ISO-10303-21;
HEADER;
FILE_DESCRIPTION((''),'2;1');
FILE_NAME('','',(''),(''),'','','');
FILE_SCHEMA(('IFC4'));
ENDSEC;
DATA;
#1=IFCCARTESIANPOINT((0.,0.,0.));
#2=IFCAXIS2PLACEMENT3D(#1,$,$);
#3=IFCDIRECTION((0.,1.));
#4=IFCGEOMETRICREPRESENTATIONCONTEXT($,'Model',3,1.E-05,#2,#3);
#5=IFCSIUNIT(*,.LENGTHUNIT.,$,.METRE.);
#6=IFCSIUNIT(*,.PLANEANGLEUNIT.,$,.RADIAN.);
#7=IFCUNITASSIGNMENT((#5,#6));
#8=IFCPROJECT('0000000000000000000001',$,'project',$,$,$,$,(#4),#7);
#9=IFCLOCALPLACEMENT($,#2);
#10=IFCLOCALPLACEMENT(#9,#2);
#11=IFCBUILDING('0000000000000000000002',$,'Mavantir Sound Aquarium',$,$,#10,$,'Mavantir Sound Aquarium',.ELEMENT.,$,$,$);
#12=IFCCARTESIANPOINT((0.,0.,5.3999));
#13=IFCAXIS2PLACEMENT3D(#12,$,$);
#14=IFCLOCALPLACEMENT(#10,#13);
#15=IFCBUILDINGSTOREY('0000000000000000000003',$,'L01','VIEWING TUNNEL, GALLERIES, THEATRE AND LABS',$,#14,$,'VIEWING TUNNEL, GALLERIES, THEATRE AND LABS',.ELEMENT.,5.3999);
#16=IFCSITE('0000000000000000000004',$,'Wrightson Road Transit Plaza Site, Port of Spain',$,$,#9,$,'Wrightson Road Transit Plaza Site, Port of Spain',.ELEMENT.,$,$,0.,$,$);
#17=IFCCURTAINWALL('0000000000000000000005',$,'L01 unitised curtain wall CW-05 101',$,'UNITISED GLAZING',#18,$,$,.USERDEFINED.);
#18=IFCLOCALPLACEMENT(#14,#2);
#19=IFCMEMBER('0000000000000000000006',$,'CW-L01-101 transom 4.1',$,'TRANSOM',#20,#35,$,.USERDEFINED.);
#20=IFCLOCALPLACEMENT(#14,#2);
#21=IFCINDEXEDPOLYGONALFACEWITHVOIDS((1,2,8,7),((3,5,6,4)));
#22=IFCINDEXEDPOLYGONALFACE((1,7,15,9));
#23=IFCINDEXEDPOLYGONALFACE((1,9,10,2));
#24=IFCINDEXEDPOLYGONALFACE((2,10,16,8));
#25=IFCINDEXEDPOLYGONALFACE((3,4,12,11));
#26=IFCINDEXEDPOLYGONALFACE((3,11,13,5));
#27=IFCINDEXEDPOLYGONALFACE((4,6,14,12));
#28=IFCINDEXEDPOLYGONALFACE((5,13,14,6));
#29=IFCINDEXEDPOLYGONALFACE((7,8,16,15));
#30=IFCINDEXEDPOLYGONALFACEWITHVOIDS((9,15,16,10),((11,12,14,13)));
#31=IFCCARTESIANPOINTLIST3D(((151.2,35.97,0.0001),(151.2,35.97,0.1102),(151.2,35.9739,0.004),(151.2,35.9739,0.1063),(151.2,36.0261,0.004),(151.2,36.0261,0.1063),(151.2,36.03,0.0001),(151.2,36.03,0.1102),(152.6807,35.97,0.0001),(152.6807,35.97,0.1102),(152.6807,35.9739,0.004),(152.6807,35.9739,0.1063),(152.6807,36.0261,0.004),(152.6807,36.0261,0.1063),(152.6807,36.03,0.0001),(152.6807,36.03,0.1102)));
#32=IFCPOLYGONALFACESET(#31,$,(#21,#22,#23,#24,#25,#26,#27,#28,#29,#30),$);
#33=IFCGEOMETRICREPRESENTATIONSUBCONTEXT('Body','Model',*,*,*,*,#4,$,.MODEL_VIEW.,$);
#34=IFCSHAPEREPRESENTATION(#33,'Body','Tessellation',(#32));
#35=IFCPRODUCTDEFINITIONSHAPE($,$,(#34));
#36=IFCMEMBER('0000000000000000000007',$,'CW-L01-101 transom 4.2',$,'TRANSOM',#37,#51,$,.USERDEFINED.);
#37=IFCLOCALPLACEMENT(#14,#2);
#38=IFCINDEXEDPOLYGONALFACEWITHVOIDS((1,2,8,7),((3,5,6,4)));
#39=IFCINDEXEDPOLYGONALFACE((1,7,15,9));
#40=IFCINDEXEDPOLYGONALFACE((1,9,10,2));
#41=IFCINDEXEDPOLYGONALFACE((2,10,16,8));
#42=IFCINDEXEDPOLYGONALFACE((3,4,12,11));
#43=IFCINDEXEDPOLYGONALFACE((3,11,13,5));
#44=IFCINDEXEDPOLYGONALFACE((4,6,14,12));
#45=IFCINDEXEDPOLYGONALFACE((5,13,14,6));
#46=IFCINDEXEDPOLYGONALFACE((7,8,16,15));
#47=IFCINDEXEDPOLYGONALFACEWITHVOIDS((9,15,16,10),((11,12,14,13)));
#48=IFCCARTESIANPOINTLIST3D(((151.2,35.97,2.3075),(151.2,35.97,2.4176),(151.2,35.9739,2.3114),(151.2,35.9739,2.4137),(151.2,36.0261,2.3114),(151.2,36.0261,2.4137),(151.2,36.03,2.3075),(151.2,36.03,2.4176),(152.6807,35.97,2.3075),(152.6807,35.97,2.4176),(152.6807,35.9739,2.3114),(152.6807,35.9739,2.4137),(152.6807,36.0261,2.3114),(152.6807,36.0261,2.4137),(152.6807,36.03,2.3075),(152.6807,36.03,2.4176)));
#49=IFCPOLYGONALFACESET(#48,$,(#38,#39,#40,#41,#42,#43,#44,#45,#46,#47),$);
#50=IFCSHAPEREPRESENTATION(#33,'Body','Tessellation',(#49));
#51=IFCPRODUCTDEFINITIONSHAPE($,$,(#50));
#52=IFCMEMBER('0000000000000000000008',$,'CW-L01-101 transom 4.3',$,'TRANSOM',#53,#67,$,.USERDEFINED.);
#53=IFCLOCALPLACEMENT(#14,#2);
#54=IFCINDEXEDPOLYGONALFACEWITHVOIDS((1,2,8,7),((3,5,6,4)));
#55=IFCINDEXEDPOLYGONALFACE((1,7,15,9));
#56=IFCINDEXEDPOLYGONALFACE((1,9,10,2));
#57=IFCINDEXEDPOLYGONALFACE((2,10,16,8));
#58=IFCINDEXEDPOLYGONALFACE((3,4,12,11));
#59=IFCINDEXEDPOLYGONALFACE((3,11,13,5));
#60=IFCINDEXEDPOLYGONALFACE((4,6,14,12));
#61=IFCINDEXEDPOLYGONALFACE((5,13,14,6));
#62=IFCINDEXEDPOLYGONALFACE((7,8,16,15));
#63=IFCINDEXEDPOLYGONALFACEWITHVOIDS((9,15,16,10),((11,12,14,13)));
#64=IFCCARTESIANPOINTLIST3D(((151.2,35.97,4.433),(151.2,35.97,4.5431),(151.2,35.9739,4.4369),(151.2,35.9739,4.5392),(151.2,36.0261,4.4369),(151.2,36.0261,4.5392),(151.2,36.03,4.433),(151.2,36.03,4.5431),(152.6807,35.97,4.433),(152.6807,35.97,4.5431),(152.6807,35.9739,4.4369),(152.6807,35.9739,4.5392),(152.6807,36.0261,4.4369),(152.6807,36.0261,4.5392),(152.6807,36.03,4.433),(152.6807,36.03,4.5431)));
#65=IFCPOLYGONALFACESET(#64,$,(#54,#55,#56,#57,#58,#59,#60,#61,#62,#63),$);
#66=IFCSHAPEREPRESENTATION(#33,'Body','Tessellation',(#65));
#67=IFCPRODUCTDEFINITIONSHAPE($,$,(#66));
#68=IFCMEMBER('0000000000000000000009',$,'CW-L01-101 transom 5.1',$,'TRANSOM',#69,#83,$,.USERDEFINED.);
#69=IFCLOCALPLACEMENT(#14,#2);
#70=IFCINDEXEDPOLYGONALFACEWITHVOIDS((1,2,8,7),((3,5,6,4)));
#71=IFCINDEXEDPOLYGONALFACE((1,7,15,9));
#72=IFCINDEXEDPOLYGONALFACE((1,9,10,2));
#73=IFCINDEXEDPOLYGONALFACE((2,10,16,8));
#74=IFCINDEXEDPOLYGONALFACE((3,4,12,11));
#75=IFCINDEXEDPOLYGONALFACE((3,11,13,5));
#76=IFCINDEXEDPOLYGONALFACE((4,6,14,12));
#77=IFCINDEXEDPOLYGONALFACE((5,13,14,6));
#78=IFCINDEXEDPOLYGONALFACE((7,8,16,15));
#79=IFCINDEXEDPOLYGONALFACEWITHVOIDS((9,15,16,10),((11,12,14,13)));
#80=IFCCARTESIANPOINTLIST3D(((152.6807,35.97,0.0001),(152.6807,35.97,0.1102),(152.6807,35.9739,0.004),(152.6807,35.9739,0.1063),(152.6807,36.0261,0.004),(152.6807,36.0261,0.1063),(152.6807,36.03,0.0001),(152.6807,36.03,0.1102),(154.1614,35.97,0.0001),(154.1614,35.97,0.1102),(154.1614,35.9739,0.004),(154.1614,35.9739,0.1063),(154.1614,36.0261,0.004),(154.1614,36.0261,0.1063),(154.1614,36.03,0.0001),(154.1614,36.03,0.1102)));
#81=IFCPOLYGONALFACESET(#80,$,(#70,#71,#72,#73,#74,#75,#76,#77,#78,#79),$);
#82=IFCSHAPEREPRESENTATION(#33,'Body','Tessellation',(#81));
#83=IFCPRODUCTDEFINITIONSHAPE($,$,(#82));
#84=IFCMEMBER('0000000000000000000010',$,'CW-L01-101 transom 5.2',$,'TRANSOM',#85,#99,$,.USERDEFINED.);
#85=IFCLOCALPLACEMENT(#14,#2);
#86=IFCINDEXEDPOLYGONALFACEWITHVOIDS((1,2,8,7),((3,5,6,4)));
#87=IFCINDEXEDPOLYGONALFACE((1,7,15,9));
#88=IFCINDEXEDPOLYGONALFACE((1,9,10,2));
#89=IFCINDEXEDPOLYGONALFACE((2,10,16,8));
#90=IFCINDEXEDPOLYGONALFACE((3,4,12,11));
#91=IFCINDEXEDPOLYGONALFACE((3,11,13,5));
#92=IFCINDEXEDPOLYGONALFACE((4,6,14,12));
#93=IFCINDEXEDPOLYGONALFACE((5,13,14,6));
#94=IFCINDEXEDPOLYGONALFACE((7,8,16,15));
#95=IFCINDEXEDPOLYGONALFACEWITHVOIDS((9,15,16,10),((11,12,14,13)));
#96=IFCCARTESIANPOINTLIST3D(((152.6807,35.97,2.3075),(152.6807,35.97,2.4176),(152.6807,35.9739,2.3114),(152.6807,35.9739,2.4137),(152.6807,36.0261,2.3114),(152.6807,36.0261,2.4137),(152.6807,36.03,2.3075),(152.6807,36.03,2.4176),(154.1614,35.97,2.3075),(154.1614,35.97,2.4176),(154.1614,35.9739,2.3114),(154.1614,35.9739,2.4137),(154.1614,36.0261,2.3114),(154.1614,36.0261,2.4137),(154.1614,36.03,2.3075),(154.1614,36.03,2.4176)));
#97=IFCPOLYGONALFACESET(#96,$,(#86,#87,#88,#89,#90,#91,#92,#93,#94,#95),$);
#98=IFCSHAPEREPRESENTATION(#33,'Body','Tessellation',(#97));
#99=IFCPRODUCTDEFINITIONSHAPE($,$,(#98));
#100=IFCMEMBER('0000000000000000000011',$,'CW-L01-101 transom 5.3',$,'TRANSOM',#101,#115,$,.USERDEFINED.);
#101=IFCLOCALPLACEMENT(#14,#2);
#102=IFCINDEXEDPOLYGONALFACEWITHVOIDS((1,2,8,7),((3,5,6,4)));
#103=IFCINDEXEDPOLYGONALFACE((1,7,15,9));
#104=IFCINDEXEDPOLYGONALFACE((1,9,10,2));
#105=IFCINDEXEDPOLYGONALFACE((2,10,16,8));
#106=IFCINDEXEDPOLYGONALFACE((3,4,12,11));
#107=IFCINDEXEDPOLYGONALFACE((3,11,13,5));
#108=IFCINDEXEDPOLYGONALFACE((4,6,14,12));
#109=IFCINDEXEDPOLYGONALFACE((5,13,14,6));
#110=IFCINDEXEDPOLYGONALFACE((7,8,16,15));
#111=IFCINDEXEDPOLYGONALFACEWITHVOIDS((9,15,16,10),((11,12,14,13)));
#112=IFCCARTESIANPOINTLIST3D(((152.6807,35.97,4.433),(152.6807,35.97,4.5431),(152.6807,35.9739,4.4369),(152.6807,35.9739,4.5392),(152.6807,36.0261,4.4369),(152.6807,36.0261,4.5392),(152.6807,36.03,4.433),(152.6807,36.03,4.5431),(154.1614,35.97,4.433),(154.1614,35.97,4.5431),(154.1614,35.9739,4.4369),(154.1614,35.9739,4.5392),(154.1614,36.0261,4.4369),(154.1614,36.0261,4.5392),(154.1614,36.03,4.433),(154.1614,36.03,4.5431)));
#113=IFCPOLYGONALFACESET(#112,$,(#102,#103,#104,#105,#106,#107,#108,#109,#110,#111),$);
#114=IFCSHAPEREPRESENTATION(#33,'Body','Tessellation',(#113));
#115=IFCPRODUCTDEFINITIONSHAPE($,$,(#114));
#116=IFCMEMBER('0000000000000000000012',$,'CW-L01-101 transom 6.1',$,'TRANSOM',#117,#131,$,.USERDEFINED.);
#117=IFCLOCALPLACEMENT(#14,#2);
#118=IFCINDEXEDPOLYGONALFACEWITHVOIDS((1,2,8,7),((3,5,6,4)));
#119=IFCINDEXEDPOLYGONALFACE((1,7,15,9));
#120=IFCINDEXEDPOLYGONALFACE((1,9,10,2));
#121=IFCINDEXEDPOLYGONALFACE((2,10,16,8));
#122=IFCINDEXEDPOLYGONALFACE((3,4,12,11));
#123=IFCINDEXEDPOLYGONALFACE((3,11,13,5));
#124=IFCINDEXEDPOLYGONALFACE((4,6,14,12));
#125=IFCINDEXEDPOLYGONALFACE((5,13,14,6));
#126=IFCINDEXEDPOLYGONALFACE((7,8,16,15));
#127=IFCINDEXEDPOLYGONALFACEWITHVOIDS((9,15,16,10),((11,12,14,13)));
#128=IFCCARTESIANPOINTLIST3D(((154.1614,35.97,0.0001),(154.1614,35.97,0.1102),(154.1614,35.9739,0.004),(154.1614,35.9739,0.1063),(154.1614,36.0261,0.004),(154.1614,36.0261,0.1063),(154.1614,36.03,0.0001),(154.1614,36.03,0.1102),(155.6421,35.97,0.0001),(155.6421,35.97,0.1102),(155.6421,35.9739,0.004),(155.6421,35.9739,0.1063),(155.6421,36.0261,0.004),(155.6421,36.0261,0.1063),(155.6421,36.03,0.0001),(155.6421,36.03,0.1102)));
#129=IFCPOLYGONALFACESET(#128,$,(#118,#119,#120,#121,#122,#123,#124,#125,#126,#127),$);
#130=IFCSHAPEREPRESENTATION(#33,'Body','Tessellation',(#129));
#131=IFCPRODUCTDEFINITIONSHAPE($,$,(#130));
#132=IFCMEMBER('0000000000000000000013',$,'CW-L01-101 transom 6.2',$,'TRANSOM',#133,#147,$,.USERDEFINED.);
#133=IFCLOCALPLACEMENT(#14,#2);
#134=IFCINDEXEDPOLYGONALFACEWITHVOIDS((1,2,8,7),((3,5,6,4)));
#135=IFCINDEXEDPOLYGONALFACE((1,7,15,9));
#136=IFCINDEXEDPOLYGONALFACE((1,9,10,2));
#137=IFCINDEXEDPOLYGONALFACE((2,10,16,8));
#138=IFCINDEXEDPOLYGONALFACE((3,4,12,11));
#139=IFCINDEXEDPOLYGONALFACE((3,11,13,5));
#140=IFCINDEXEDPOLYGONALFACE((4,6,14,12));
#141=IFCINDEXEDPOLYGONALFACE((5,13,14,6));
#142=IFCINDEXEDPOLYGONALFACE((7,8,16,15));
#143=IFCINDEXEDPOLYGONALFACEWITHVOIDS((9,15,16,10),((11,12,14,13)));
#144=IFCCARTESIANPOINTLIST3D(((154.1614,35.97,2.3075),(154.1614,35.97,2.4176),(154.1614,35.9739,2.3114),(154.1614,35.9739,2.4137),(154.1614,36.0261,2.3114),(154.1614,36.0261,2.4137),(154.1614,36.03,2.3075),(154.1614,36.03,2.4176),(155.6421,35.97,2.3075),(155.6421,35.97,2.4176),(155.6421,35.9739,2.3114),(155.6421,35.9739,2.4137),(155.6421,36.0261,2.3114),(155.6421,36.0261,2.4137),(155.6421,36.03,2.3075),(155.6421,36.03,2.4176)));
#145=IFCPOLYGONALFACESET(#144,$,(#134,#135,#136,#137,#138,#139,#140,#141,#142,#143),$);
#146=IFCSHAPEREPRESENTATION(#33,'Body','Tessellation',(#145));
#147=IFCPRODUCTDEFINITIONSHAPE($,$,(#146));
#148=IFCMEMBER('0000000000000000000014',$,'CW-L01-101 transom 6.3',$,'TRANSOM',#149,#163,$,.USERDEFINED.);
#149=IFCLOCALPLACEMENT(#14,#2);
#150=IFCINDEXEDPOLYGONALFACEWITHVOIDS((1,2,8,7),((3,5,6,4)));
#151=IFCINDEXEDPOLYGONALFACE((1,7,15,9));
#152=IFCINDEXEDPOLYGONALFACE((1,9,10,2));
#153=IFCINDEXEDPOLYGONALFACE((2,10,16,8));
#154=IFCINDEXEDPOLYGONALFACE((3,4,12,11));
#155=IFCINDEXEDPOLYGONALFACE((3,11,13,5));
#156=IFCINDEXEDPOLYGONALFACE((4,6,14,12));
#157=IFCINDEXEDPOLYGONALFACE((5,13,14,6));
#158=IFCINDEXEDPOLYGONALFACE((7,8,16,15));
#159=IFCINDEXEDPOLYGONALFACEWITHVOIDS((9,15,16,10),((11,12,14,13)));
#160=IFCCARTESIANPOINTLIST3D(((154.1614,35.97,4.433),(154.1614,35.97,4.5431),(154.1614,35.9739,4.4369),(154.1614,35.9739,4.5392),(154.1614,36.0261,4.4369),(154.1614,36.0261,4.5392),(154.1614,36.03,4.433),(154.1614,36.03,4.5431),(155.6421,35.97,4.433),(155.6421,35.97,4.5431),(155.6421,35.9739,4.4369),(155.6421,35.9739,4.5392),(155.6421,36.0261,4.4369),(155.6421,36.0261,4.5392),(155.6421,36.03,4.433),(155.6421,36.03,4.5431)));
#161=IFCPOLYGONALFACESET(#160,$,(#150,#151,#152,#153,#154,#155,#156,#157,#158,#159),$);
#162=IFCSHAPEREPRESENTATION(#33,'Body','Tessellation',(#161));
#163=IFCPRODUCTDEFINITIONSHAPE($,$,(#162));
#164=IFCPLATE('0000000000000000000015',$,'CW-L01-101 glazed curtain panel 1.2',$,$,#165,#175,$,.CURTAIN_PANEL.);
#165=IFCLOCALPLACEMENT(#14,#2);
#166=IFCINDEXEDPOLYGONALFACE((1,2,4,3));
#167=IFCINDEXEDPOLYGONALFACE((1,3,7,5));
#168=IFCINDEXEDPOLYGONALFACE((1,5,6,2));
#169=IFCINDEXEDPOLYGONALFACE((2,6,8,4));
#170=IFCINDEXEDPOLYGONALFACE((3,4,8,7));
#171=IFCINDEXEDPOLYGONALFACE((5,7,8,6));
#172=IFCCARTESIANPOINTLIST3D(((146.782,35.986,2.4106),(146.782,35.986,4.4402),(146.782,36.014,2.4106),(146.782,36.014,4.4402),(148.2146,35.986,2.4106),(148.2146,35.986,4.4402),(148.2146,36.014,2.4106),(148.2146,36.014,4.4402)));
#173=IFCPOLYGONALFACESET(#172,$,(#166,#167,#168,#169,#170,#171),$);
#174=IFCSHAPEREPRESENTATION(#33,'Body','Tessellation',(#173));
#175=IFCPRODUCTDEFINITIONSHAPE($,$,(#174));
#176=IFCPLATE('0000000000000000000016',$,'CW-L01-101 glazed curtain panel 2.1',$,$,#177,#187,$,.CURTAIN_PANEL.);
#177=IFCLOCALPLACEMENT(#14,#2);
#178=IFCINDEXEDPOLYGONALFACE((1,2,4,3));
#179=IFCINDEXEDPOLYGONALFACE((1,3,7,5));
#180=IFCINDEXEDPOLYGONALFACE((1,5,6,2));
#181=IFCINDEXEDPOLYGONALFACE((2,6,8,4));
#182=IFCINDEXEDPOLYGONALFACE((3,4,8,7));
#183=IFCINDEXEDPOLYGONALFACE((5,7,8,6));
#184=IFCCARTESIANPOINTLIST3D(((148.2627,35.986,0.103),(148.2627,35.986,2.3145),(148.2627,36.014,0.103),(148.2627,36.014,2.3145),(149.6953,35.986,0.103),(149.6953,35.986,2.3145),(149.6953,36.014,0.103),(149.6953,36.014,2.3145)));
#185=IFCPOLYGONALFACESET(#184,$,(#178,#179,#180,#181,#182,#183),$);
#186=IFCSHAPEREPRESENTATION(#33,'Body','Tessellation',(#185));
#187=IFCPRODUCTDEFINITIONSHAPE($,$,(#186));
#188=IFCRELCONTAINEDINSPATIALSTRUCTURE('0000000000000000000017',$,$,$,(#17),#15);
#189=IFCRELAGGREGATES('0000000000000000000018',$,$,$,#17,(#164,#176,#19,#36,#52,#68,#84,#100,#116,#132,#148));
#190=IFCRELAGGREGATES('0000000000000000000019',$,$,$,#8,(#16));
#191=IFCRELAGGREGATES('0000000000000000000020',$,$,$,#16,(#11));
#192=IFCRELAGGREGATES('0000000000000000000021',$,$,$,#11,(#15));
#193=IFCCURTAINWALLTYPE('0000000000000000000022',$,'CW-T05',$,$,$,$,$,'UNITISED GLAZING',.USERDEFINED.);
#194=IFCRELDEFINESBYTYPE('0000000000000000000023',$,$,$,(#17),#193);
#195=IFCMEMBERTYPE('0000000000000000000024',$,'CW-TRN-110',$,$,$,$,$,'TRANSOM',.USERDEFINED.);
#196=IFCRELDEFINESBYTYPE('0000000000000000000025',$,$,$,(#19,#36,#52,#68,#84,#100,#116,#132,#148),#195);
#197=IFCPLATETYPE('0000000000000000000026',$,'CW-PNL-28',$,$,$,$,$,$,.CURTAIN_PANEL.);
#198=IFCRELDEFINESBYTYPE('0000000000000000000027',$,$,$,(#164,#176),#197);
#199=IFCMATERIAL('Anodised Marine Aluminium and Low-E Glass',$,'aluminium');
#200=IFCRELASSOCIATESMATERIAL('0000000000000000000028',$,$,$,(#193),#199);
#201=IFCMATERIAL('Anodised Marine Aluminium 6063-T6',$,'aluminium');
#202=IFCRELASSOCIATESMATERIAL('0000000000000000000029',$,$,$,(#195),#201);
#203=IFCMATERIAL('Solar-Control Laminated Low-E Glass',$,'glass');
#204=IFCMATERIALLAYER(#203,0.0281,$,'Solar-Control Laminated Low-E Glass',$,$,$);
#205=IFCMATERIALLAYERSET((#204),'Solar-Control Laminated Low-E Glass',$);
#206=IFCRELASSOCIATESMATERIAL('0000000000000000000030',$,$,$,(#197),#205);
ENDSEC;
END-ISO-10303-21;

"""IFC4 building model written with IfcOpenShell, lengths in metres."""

from ifc_helpers import new_model, si_unit, direction, frame, origin, origin_2d, place, context, subcontext, project, spatial, rectangle, hollow_rectangle, extrude, material, layer, layer_set, material_profile, profile_set, type_object, element, aggregate, save


model = new_model("IFC4")

# Units and contexts
model_context = context("Model", 3, precision=1e-05, world=origin(), true_north=direction((0.0, 1.0)))
body_context = subcontext(model_context, "Body", "Model", "MODEL_VIEW")
ifc_project = project(units=[si_unit("LENGTHUNIT", "METRE"), si_unit("PLANEANGLEUNIT", "RADIAN")], contexts=[model_context])

# Site, building, storey
site_placement = place(None, origin())
site = spatial("IfcSite", under=ifc_project, at=site_placement, Name="Wrightson Road Transit Plaza Site, Port of Spain", LongName="Wrightson Road Transit Plaza Site, Port of Spain", CompositionType="ELEMENT", RefElevation=0.0)
building_placement = place(site_placement, origin())
building = spatial("IfcBuilding", under=site, at=building_placement, Name="Mavantir Sound Aquarium", LongName="Mavantir Sound Aquarium", CompositionType="ELEMENT")
storey_placement = place(building_placement, frame((0.0, 0.0, 5.3999)))
storey = spatial("IfcBuildingStorey", under=building, at=storey_placement, Name="L01", Description="VIEWING TUNNEL, GALLERIES, THEATRE AND LABS", LongName="VIEWING TUNNEL, GALLERIES, THEATRE AND LABS", CompositionType="ELEMENT", Elevation=5.3999)

# Curtain wall, members, plates
ifc_material_1 = material(Name="Anodised Marine Aluminium and Low-E Glass", Category="aluminium")
curtain_wall_type = type_object("IfcCurtainWallType", Name="CW-T05", ElementType="UNITISED GLAZING", PredefinedType="USERDEFINED", material=ifc_material_1)
curtain_wall_placement = place(storey_placement, origin())
curtain_wall = element("IfcCurtainWall", 1, at=curtain_wall_placement, inside=storey, type_object=curtain_wall_type, Name="L01 unitised curtain wall CW-05 101", ObjectType="UNITISED GLAZING", PredefinedType="USERDEFINED")
ifc_material_2 = material(Name="Anodised Marine Aluminium 6063-T6", Category="aluminium")
ifc_material_profile_1 = material_profile(ifc_material_2, hollow_rectangle(XDim=0.0601, YDim=0.1101, WallThickness=0.0039, at=origin_2d()), Name="ALU-TRANSOM-110X60")
ifc_profile_set_1 = profile_set([ifc_material_profile_1], Name="Anodised Marine Aluminium 6063-T6")
member_type_1 = type_object("IfcMemberType", Name="CW-TRN-110", ElementType="TRANSOM", PredefinedType="USERDEFINED", material=ifc_profile_set_1)
member_1_placement = place(storey_placement, frame((151.2, 36.0, 0.0552), z_axis=(1.0, 0.0, 0.0), x_axis=(0.0, 1.0, 0.0)))
member_1 = element("IfcMember", 2, at=member_1_placement, type_object=member_type_1, Name="CW-L01-101 transom 4.1", ObjectType="TRANSOM", PredefinedType="USERDEFINED", context=body_context, shape_type="SweptSolid", body=[
    extrude(hollow_rectangle(XDim=0.0601, YDim=0.1101, WallThickness=0.0039, at=origin_2d()), origin(), (0.0, 0.0, 1.0), 1.4807),
])
member_2_placement = place(storey_placement, frame((151.2, 36.0, 2.3625), z_axis=(1.0, 0.0, 0.0), x_axis=(0.0, 1.0, 0.0)))
member_2 = element("IfcMember", 3, at=member_2_placement, type_object=member_type_1, Name="CW-L01-101 transom 4.2", ObjectType="TRANSOM", PredefinedType="USERDEFINED", context=body_context, shape_type="SweptSolid", body=[
    extrude(hollow_rectangle(XDim=0.0601, YDim=0.1101, WallThickness=0.0039, at=origin_2d()), origin(), (0.0, 0.0, 1.0), 1.4807),
])
member_3_placement = place(storey_placement, frame((151.2, 36.0, 4.488), z_axis=(1.0, 0.0, 0.0), x_axis=(0.0, 1.0, 0.0)))
member_3 = element("IfcMember", 4, at=member_3_placement, type_object=member_type_1, Name="CW-L01-101 transom 4.3", ObjectType="TRANSOM", PredefinedType="USERDEFINED", context=body_context, shape_type="SweptSolid", body=[
    extrude(hollow_rectangle(XDim=0.0601, YDim=0.1101, WallThickness=0.0039, at=origin_2d()), origin(), (0.0, 0.0, 1.0), 1.4807),
])
member_4_placement = place(storey_placement, frame((152.6807, 36.0, 0.0552), z_axis=(1.0, 0.0, 0.0), x_axis=(0.0, 1.0, 0.0)))
member_4 = element("IfcMember", 5, at=member_4_placement, type_object=member_type_1, Name="CW-L01-101 transom 5.1", ObjectType="TRANSOM", PredefinedType="USERDEFINED", context=body_context, shape_type="SweptSolid", body=[
    extrude(hollow_rectangle(XDim=0.0601, YDim=0.1101, WallThickness=0.0039, at=origin_2d()), origin(), (0.0, 0.0, 1.0), 1.4807),
])
member_5_placement = place(storey_placement, frame((152.6807, 36.0, 2.3625), z_axis=(1.0, 0.0, 0.0), x_axis=(0.0, 1.0, 0.0)))
member_5 = element("IfcMember", 6, at=member_5_placement, type_object=member_type_1, Name="CW-L01-101 transom 5.2", ObjectType="TRANSOM", PredefinedType="USERDEFINED", context=body_context, shape_type="SweptSolid", body=[
    extrude(hollow_rectangle(XDim=0.0601, YDim=0.1101, WallThickness=0.0039, at=origin_2d()), origin(), (0.0, 0.0, 1.0), 1.4807),
])
member_6_placement = place(storey_placement, frame((152.6807, 36.0, 4.488), z_axis=(1.0, 0.0, 0.0), x_axis=(0.0, 1.0, 0.0)))
member_6 = element("IfcMember", 7, at=member_6_placement, type_object=member_type_1, Name="CW-L01-101 transom 5.3", ObjectType="TRANSOM", PredefinedType="USERDEFINED", context=body_context, shape_type="SweptSolid", body=[
    extrude(hollow_rectangle(XDim=0.0601, YDim=0.1101, WallThickness=0.0039, at=origin_2d()), origin(), (0.0, 0.0, 1.0), 1.4807),
])
member_7_placement = place(storey_placement, frame((154.1614, 36.0, 0.0552), z_axis=(1.0, 0.0, 0.0), x_axis=(0.0, 1.0, 0.0)))
member_7 = element("IfcMember", 8, at=member_7_placement, type_object=member_type_1, Name="CW-L01-101 transom 6.1", ObjectType="TRANSOM", PredefinedType="USERDEFINED", context=body_context, shape_type="SweptSolid", body=[
    extrude(hollow_rectangle(XDim=0.0601, YDim=0.1101, WallThickness=0.0039, at=origin_2d()), origin(), (0.0, 0.0, 1.0), 1.4807),
])
member_8_placement = place(storey_placement, frame((154.1614, 36.0, 2.3625), z_axis=(1.0, 0.0, 0.0), x_axis=(0.0, 1.0, 0.0)))
member_8 = element("IfcMember", 9, at=member_8_placement, type_object=member_type_1, Name="CW-L01-101 transom 6.2", ObjectType="TRANSOM", PredefinedType="USERDEFINED", context=body_context, shape_type="SweptSolid", body=[
    extrude(hollow_rectangle(XDim=0.0601, YDim=0.1101, WallThickness=0.0039, at=origin_2d()), origin(), (0.0, 0.0, 1.0), 1.4807),
])
member_9_placement = place(storey_placement, frame((154.1614, 36.0, 4.488), z_axis=(1.0, 0.0, 0.0), x_axis=(0.0, 1.0, 0.0)))
member_9 = element("IfcMember", 10, at=member_9_placement, type_object=member_type_1, Name="CW-L01-101 transom 6.3", ObjectType="TRANSOM", PredefinedType="USERDEFINED", context=body_context, shape_type="SweptSolid", body=[
    extrude(hollow_rectangle(XDim=0.0601, YDim=0.1101, WallThickness=0.0039, at=origin_2d()), origin(), (0.0, 0.0, 1.0), 1.4807),
])
ifc_material_3 = material(Name="Solar-Control Laminated Low-E Glass", Category="glass")
ifc_layer = layer(ifc_material_3, 0.0281, Name="Solar-Control Laminated Low-E Glass")
ifc_layer_set = layer_set([ifc_layer], Name="Solar-Control Laminated Low-E Glass")
plate_type = type_object("IfcPlateType", Name="CW-PNL-28", PredefinedType="CURTAIN_PANEL", material=ifc_layer_set)
plate_1_placement = place(storey_placement, frame((147.4983, 36.0, 2.4106), z_axis=(0.0, 0.0, 1.0), x_axis=(1.0, 0.0, 0.0)))
plate_1 = element("IfcPlate", 11, at=plate_1_placement, type_object=plate_type, Name="CW-L01-101 glazed curtain panel 1.2", PredefinedType="CURTAIN_PANEL", context=body_context, shape_type="SweptSolid", body=[
    extrude(rectangle(XDim=1.4326, YDim=0.0281, at=origin_2d()), origin(), (0.0, 0.0, 1.0), 2.0295),
])
plate_2_placement = place(storey_placement, frame((148.979, 36.0, 0.103), z_axis=(0.0, 0.0, 1.0), x_axis=(1.0, 0.0, 0.0)))
plate_2 = element("IfcPlate", 12, at=plate_2_placement, type_object=plate_type, Name="CW-L01-101 glazed curtain panel 2.1", PredefinedType="CURTAIN_PANEL", context=body_context, shape_type="SweptSolid", body=[
    extrude(rectangle(XDim=1.4326, YDim=0.0281, at=origin_2d()), origin(), (0.0, 0.0, 1.0), 2.2114),
])
aggregate(curtain_wall, [plate_1, plate_2, member_1, member_2, member_3, member_4, member_5, member_6, member_7, member_8, member_9])

save(model, "model.ifc")
